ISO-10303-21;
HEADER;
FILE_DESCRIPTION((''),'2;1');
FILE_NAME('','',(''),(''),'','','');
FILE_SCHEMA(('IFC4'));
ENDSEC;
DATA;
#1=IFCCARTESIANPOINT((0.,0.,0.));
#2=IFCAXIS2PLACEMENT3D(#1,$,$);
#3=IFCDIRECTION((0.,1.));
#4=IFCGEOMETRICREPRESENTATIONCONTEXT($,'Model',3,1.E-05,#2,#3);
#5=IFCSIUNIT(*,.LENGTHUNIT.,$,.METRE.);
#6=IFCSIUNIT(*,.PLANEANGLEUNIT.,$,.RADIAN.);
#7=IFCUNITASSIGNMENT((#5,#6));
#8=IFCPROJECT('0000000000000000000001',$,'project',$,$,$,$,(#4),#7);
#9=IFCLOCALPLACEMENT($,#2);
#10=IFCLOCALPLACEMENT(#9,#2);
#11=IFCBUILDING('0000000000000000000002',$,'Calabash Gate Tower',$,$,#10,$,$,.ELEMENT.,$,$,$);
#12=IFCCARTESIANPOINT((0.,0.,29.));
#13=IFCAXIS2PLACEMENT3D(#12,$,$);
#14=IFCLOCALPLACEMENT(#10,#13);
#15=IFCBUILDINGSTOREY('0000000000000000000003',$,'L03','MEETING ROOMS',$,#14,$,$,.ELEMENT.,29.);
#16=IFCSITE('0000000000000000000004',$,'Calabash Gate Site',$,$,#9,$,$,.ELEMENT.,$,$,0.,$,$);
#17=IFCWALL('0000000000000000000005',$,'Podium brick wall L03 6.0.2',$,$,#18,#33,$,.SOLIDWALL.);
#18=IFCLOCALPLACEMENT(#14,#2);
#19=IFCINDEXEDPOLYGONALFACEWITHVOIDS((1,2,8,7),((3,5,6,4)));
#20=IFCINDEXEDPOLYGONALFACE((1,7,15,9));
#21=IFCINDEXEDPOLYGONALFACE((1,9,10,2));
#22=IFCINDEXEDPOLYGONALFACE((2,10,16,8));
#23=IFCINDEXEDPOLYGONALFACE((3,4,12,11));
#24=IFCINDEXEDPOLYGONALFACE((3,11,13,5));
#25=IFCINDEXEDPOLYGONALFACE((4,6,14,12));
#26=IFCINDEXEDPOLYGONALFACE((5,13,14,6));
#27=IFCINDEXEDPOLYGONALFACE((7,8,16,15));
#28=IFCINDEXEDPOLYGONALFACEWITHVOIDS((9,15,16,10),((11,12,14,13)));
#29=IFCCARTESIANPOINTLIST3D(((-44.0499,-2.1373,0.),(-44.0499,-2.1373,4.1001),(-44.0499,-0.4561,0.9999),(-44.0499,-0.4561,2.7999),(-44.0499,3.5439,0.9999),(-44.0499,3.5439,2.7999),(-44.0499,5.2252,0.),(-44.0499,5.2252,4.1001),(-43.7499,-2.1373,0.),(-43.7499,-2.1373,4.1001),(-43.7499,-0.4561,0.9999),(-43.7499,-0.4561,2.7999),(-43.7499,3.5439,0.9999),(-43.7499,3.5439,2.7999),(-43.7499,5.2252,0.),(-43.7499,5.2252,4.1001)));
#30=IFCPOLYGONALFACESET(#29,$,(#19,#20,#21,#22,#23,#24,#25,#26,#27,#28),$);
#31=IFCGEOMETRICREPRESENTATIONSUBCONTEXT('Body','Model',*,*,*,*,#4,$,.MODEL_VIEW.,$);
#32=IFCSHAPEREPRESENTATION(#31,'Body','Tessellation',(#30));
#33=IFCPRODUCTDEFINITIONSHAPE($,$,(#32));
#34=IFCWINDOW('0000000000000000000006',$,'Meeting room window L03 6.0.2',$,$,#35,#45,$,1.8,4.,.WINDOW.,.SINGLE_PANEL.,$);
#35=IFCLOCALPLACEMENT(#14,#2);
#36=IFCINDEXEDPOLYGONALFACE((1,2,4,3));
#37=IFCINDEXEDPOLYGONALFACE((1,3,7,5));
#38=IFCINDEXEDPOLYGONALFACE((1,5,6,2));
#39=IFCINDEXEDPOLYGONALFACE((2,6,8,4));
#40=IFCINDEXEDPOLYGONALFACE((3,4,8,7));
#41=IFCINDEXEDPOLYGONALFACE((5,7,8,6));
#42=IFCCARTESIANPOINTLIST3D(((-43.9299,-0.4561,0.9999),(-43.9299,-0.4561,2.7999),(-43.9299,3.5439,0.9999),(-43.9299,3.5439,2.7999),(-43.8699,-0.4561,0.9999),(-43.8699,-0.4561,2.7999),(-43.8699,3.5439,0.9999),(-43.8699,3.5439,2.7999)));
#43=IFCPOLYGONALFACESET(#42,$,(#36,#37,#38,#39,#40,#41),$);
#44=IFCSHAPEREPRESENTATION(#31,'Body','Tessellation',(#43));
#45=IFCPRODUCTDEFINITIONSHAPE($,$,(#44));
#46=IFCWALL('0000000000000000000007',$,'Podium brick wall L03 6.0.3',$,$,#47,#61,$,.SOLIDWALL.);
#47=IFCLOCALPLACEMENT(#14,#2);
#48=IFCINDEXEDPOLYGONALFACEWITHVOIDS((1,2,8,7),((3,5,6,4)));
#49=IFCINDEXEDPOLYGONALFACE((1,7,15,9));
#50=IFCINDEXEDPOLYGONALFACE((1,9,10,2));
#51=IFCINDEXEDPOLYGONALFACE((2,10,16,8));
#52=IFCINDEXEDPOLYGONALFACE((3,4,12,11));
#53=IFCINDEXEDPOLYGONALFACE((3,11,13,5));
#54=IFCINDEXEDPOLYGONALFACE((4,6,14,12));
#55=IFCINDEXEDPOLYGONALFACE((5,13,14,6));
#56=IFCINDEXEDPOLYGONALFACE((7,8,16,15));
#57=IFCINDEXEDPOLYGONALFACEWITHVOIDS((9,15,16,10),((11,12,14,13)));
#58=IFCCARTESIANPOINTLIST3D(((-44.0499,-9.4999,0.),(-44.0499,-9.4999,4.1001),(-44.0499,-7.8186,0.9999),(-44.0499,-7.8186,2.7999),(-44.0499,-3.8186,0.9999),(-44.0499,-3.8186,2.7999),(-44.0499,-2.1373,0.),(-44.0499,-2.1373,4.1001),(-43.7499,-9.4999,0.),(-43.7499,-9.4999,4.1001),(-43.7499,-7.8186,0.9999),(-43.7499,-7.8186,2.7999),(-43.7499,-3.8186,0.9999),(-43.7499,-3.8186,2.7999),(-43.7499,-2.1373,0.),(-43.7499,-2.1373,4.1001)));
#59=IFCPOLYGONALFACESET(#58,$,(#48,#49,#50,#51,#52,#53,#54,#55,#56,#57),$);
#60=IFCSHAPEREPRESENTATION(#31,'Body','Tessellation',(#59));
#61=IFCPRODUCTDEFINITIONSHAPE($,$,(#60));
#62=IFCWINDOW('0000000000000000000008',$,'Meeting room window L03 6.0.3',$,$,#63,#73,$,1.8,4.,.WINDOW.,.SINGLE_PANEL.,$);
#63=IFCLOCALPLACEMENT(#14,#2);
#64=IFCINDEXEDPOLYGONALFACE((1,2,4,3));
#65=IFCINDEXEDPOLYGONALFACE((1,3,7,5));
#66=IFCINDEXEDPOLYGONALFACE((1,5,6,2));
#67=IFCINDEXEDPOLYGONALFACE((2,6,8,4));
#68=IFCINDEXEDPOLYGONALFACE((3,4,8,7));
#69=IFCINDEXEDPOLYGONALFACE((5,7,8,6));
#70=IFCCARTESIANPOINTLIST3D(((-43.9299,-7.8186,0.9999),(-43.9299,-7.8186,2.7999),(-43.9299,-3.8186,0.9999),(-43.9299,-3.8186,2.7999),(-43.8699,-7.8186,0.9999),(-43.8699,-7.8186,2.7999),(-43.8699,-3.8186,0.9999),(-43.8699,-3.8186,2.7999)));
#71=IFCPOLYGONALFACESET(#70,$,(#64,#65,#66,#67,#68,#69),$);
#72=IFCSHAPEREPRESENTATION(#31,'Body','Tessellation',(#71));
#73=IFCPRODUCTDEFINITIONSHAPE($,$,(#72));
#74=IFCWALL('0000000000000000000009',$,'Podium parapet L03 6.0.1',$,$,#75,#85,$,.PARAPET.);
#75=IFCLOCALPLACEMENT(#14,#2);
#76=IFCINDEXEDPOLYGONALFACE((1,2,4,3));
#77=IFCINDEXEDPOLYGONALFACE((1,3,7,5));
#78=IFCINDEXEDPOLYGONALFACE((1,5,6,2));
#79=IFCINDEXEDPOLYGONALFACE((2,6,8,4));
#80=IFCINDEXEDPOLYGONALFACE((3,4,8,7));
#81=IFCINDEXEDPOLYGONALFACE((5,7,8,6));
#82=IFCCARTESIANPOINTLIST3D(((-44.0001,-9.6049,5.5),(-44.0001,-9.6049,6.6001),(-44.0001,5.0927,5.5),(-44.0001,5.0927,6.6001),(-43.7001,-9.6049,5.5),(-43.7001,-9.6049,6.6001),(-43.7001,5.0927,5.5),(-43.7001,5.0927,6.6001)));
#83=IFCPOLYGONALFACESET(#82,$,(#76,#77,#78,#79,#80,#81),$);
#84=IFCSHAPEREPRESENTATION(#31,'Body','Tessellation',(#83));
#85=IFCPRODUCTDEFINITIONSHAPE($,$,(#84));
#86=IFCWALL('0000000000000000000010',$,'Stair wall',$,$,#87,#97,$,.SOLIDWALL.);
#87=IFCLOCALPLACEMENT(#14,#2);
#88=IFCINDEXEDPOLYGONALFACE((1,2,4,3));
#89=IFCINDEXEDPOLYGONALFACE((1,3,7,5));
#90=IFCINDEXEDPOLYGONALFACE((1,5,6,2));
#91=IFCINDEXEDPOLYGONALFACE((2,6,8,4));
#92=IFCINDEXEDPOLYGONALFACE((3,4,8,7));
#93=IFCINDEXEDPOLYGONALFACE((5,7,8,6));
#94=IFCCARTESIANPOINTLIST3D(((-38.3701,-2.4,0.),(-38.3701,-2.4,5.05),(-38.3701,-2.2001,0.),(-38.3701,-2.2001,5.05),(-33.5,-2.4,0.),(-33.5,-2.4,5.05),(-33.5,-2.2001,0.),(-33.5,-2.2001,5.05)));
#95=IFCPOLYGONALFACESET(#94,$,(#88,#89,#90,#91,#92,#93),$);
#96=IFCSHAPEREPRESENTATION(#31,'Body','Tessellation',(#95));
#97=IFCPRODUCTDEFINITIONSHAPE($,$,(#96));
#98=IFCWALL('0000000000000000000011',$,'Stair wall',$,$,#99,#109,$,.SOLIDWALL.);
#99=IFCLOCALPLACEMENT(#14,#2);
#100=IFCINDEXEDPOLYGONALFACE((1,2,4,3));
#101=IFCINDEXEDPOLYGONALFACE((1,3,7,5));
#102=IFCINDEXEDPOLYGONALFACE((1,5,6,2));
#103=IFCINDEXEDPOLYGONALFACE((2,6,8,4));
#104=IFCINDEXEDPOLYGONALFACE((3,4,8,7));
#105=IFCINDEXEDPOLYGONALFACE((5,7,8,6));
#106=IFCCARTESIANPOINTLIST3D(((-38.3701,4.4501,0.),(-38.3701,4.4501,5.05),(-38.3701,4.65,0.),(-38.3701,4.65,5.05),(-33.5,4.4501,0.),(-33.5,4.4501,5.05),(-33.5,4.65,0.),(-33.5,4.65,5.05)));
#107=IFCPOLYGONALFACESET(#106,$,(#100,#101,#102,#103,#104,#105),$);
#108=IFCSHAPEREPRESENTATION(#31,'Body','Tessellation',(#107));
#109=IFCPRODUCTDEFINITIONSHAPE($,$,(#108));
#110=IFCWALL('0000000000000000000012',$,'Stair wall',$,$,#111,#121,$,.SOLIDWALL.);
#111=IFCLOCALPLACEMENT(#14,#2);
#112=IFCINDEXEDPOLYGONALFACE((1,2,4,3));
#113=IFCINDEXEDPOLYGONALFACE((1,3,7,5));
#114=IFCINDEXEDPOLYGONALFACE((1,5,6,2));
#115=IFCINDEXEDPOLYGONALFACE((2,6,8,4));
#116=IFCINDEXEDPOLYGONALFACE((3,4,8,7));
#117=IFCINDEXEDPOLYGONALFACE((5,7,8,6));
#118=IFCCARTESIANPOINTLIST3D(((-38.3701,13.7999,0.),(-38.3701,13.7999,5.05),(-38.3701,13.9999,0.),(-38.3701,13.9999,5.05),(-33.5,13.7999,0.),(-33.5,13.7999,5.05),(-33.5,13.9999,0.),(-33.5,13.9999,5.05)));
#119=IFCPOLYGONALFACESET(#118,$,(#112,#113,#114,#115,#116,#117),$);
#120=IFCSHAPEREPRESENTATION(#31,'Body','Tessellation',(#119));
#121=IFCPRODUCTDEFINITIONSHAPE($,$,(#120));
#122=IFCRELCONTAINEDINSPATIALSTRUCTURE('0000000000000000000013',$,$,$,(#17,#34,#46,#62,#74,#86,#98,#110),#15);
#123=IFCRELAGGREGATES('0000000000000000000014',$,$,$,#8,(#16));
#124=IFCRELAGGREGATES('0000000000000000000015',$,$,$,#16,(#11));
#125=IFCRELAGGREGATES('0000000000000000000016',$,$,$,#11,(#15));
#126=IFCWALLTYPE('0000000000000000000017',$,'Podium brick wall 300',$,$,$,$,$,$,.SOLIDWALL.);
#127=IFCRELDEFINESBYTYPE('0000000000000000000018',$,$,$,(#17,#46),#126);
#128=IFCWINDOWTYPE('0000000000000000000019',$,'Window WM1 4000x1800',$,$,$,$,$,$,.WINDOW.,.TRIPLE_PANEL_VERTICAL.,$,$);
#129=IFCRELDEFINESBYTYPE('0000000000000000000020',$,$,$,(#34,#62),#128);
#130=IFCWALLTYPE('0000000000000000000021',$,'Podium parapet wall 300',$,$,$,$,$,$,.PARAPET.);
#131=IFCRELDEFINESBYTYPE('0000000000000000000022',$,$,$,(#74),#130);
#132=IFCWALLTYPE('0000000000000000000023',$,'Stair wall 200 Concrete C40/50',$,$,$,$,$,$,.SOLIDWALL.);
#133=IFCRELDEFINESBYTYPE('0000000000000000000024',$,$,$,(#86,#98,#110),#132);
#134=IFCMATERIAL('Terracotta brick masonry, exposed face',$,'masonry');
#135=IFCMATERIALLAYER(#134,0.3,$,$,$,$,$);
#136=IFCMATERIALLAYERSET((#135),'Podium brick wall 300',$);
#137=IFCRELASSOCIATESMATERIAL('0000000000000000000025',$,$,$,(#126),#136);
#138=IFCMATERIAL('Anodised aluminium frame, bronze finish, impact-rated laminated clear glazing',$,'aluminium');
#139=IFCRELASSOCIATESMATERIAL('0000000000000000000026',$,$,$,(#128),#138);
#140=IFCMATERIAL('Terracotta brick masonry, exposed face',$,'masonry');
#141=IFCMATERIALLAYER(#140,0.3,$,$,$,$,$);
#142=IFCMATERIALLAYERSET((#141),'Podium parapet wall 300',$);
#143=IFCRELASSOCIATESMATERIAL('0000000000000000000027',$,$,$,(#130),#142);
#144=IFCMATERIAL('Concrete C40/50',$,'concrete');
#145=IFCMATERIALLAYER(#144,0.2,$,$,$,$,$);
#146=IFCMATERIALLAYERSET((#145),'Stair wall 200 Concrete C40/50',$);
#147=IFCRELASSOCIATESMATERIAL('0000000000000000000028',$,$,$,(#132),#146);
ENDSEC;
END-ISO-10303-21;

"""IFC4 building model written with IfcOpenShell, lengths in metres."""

from ifc_helpers import new_model, si_unit, direction, frame, frame_2d, origin, place, context, subcontext, project, spatial, rectangle, extrude, material, layer, layer_set, type_object, element, fill, save


model = new_model("IFC4")

# Units and contexts
model_context = context("Model", 3, precision=1e-05, world=origin(), true_north=direction((0.0, 1.0)))
body_context = subcontext(model_context, "Body", "Model", "MODEL_VIEW")
ifc_project = project(units=[si_unit("LENGTHUNIT", "METRE"), si_unit("PLANEANGLEUNIT", "RADIAN")], contexts=[model_context])

# Site, building, storey
site_placement = place(None, origin())
site = spatial("IfcSite", under=ifc_project, at=site_placement, Name="Calabash Gate Site", CompositionType="ELEMENT", RefElevation=0.0)
building_placement = place(site_placement, origin())
building = spatial("IfcBuilding", under=site, at=building_placement, Name="Calabash Gate Tower", CompositionType="ELEMENT")
storey_placement = place(building_placement, frame((0.0, 0.0, 29.0)))
storey = spatial("IfcBuildingStorey", under=building, at=storey_placement, Name="L03", Description="MEETING ROOMS", CompositionType="ELEMENT", Elevation=29.0)

# Walls, openings, windows
ifc_material_1 = material(Name="Terracotta brick masonry, exposed face", Category="masonry")
ifc_layer_1 = layer(ifc_material_1, 0.3)
ifc_layer_set_1 = layer_set([ifc_layer_1], Name="Podium brick wall 300")
wall_type_1 = type_object("IfcWallType", Name="Podium brick wall 300", PredefinedType="SOLIDWALL", material=ifc_layer_set_1)
ifc_material_2 = material(Name="Anodised aluminium frame, bronze finish, impact-rated laminated clear glazing", Category="aluminium")
window_type = type_object("IfcWindowType", Name="Window WM1 4000x1800", PartitioningType="TRIPLE_PANEL_VERTICAL", PredefinedType="WINDOW", material=ifc_material_2)
wall_1_placement = place(storey_placement, frame((-43.8999, 5.2251, 0.0), z_axis=(0.0, 0.0, 1.0), x_axis=(0.0, -1.0, 0.0)))
wall_1 = element("IfcWall", 1, at=wall_1_placement, inside=storey, type_object=wall_type_1, Name="Podium brick wall L03 6.0.2", PredefinedType="SOLIDWALL", context=body_context, shape_type="SweptSolid", body=[
    extrude(rectangle(XDim=7.3625, YDim=0.3, at=frame_2d((3.6812, 0.0))), origin(), (0.0, 0.0, 1.0), 4.1001),
])
opening_1_placement = place(wall_1_placement, frame((1.6812, 0.0, 1.0)))
opening_1 = element("IfcOpeningElement", 2, at=opening_1_placement, cuts=wall_1, PredefinedType="OPENING", context=body_context, shape_type="SweptSolid", body=[
    extrude(rectangle(XDim=4.0, YDim=1.8, at=frame_2d((2.0, 0.8999))), frame((0.0, 0.1599, 0.0), z_axis=(0.0, -1.0, 0.0), x_axis=(1.0, 0.0, 0.0)), (0.0, 0.0, 1.0), 0.3201),
])
window_1_placement = place(opening_1_placement, origin())
window_1 = element("IfcWindow", 3, at=window_1_placement, inside=storey, type_object=window_type, Name="Meeting room window L03 6.0.2", OverallHeight=1.8, OverallWidth=4.0, PartitioningType="SINGLE_PANEL", PredefinedType="WINDOW", context=body_context, shape_type="SweptSolid", body=[
    extrude(rectangle(XDim=4.0, YDim=1.8, at=frame_2d((2.0, 0.8999))), frame((0.0, 0.03, 0.0), z_axis=(0.0, -1.0, 0.0), x_axis=(1.0, 0.0, 0.0)), (0.0, 0.0, 1.0), 0.0601),
])
fill(opening_1, window_1)
wall_2_placement = place(storey_placement, frame((-43.8999, -2.1375, 0.0), z_axis=(0.0, 0.0, 1.0), x_axis=(0.0, -1.0, 0.0)))
wall_2 = element("IfcWall", 4, at=wall_2_placement, inside=storey, type_object=wall_type_1, Name="Podium brick wall L03 6.0.3", PredefinedType="SOLIDWALL", context=body_context, shape_type="SweptSolid", body=[
    extrude(rectangle(XDim=7.3625, YDim=0.3, at=frame_2d((3.6812, 0.0))), origin(), (0.0, 0.0, 1.0), 4.1001),
])
opening_2_placement = place(wall_2_placement, frame((1.6812, 0.0, 1.0)))
opening_2 = element("IfcOpeningElement", 5, at=opening_2_placement, cuts=wall_2, PredefinedType="OPENING", context=body_context, shape_type="SweptSolid", body=[
    extrude(rectangle(XDim=4.0, YDim=1.8, at=frame_2d((2.0, 0.8999))), frame((0.0, 0.1599, 0.0), z_axis=(0.0, -1.0, 0.0), x_axis=(1.0, 0.0, 0.0)), (0.0, 0.0, 1.0), 0.3201),
])
window_2_placement = place(opening_2_placement, origin())
window_2 = element("IfcWindow", 6, at=window_2_placement, inside=storey, type_object=window_type, Name="Meeting room window L03 6.0.3", OverallHeight=1.8, OverallWidth=4.0, PartitioningType="SINGLE_PANEL", PredefinedType="WINDOW", context=body_context, shape_type="SweptSolid", body=[
    extrude(rectangle(XDim=4.0, YDim=1.8, at=frame_2d((2.0, 0.8999))), frame((0.0, 0.03, 0.0), z_axis=(0.0, -1.0, 0.0), x_axis=(1.0, 0.0, 0.0)), (0.0, 0.0, 1.0), 0.0601),
])
fill(opening_2, window_2)

# Walls
ifc_material_3 = material(Name="Terracotta brick masonry, exposed face", Category="masonry")
ifc_layer_2 = layer(ifc_material_3, 0.3)
ifc_layer_set_2 = layer_set([ifc_layer_2], Name="Podium parapet wall 300")
wall_type_2 = type_object("IfcWallType", Name="Podium parapet wall 300", PredefinedType="PARAPET", material=ifc_layer_set_2)
wall_3_placement = place(storey_placement, frame((-43.8501, 5.0925, 5.5), z_axis=(0.0, 0.0, 1.0), x_axis=(0.0, -1.0, 0.0)))
element("IfcWall", 7, at=wall_3_placement, inside=storey, type_object=wall_type_2, Name="Podium parapet L03 6.0.1", PredefinedType="PARAPET", context=body_context, shape_type="SweptSolid", body=[
    extrude(rectangle(XDim=14.6975, YDim=0.3, at=frame_2d((7.3486, 0.0))), origin(), (0.0, 0.0, 1.0), 1.1001),
])
ifc_material_4 = material(Name="Concrete C40/50", Category="concrete")
ifc_layer_3 = layer(ifc_material_4, 0.2)
ifc_layer_set_3 = layer_set([ifc_layer_3], Name="Stair wall 200 Concrete C40/50")
wall_type_3 = type_object("IfcWallType", Name="Stair wall 200 Concrete C40/50", PredefinedType="SOLIDWALL", material=ifc_layer_set_3)
for number, where, z_axis, x_axis, name in (
    (8, (-38.3701, -2.3, 0.0), (0.0, 0.0, 1.0), (1.0, 0.0, 0.0), "Stair wall"),
    (9, (-38.3701, 4.55, 0.0), (0.0, 0.0, 1.0), (1.0, 0.0, 0.0), "Stair wall"),
):
    element("IfcWall", number, at=place(storey_placement, frame(where, z_axis=z_axis, x_axis=x_axis)), inside=storey, type_object=wall_type_3, Name=name, PredefinedType="SOLIDWALL", context=body_context, shape_type="SweptSolid", body=[
        extrude(rectangle(XDim=4.8701, YDim=0.2, at=frame_2d((2.4351, 0.0))), origin(), (0.0, 0.0, 1.0), 5.05),
    ])

# Wall
wall_4_placement = place(storey_placement, frame((-38.3701, 13.8999, 0.0), z_axis=(0.0, 0.0, 1.0), x_axis=(1.0, 0.0, 0.0)))
element("IfcWall", 10, at=wall_4_placement, inside=storey, type_object=wall_type_3, Name="Stair wall", PredefinedType="SOLIDWALL", context=body_context, shape_type="SweptSolid", body=[
    extrude(rectangle(XDim=4.8701, YDim=0.2, at=frame_2d((2.4351, 0.0))), origin(), (0.0, 0.0, 1.0), 5.05),
])

save(model, "model.ifc")
